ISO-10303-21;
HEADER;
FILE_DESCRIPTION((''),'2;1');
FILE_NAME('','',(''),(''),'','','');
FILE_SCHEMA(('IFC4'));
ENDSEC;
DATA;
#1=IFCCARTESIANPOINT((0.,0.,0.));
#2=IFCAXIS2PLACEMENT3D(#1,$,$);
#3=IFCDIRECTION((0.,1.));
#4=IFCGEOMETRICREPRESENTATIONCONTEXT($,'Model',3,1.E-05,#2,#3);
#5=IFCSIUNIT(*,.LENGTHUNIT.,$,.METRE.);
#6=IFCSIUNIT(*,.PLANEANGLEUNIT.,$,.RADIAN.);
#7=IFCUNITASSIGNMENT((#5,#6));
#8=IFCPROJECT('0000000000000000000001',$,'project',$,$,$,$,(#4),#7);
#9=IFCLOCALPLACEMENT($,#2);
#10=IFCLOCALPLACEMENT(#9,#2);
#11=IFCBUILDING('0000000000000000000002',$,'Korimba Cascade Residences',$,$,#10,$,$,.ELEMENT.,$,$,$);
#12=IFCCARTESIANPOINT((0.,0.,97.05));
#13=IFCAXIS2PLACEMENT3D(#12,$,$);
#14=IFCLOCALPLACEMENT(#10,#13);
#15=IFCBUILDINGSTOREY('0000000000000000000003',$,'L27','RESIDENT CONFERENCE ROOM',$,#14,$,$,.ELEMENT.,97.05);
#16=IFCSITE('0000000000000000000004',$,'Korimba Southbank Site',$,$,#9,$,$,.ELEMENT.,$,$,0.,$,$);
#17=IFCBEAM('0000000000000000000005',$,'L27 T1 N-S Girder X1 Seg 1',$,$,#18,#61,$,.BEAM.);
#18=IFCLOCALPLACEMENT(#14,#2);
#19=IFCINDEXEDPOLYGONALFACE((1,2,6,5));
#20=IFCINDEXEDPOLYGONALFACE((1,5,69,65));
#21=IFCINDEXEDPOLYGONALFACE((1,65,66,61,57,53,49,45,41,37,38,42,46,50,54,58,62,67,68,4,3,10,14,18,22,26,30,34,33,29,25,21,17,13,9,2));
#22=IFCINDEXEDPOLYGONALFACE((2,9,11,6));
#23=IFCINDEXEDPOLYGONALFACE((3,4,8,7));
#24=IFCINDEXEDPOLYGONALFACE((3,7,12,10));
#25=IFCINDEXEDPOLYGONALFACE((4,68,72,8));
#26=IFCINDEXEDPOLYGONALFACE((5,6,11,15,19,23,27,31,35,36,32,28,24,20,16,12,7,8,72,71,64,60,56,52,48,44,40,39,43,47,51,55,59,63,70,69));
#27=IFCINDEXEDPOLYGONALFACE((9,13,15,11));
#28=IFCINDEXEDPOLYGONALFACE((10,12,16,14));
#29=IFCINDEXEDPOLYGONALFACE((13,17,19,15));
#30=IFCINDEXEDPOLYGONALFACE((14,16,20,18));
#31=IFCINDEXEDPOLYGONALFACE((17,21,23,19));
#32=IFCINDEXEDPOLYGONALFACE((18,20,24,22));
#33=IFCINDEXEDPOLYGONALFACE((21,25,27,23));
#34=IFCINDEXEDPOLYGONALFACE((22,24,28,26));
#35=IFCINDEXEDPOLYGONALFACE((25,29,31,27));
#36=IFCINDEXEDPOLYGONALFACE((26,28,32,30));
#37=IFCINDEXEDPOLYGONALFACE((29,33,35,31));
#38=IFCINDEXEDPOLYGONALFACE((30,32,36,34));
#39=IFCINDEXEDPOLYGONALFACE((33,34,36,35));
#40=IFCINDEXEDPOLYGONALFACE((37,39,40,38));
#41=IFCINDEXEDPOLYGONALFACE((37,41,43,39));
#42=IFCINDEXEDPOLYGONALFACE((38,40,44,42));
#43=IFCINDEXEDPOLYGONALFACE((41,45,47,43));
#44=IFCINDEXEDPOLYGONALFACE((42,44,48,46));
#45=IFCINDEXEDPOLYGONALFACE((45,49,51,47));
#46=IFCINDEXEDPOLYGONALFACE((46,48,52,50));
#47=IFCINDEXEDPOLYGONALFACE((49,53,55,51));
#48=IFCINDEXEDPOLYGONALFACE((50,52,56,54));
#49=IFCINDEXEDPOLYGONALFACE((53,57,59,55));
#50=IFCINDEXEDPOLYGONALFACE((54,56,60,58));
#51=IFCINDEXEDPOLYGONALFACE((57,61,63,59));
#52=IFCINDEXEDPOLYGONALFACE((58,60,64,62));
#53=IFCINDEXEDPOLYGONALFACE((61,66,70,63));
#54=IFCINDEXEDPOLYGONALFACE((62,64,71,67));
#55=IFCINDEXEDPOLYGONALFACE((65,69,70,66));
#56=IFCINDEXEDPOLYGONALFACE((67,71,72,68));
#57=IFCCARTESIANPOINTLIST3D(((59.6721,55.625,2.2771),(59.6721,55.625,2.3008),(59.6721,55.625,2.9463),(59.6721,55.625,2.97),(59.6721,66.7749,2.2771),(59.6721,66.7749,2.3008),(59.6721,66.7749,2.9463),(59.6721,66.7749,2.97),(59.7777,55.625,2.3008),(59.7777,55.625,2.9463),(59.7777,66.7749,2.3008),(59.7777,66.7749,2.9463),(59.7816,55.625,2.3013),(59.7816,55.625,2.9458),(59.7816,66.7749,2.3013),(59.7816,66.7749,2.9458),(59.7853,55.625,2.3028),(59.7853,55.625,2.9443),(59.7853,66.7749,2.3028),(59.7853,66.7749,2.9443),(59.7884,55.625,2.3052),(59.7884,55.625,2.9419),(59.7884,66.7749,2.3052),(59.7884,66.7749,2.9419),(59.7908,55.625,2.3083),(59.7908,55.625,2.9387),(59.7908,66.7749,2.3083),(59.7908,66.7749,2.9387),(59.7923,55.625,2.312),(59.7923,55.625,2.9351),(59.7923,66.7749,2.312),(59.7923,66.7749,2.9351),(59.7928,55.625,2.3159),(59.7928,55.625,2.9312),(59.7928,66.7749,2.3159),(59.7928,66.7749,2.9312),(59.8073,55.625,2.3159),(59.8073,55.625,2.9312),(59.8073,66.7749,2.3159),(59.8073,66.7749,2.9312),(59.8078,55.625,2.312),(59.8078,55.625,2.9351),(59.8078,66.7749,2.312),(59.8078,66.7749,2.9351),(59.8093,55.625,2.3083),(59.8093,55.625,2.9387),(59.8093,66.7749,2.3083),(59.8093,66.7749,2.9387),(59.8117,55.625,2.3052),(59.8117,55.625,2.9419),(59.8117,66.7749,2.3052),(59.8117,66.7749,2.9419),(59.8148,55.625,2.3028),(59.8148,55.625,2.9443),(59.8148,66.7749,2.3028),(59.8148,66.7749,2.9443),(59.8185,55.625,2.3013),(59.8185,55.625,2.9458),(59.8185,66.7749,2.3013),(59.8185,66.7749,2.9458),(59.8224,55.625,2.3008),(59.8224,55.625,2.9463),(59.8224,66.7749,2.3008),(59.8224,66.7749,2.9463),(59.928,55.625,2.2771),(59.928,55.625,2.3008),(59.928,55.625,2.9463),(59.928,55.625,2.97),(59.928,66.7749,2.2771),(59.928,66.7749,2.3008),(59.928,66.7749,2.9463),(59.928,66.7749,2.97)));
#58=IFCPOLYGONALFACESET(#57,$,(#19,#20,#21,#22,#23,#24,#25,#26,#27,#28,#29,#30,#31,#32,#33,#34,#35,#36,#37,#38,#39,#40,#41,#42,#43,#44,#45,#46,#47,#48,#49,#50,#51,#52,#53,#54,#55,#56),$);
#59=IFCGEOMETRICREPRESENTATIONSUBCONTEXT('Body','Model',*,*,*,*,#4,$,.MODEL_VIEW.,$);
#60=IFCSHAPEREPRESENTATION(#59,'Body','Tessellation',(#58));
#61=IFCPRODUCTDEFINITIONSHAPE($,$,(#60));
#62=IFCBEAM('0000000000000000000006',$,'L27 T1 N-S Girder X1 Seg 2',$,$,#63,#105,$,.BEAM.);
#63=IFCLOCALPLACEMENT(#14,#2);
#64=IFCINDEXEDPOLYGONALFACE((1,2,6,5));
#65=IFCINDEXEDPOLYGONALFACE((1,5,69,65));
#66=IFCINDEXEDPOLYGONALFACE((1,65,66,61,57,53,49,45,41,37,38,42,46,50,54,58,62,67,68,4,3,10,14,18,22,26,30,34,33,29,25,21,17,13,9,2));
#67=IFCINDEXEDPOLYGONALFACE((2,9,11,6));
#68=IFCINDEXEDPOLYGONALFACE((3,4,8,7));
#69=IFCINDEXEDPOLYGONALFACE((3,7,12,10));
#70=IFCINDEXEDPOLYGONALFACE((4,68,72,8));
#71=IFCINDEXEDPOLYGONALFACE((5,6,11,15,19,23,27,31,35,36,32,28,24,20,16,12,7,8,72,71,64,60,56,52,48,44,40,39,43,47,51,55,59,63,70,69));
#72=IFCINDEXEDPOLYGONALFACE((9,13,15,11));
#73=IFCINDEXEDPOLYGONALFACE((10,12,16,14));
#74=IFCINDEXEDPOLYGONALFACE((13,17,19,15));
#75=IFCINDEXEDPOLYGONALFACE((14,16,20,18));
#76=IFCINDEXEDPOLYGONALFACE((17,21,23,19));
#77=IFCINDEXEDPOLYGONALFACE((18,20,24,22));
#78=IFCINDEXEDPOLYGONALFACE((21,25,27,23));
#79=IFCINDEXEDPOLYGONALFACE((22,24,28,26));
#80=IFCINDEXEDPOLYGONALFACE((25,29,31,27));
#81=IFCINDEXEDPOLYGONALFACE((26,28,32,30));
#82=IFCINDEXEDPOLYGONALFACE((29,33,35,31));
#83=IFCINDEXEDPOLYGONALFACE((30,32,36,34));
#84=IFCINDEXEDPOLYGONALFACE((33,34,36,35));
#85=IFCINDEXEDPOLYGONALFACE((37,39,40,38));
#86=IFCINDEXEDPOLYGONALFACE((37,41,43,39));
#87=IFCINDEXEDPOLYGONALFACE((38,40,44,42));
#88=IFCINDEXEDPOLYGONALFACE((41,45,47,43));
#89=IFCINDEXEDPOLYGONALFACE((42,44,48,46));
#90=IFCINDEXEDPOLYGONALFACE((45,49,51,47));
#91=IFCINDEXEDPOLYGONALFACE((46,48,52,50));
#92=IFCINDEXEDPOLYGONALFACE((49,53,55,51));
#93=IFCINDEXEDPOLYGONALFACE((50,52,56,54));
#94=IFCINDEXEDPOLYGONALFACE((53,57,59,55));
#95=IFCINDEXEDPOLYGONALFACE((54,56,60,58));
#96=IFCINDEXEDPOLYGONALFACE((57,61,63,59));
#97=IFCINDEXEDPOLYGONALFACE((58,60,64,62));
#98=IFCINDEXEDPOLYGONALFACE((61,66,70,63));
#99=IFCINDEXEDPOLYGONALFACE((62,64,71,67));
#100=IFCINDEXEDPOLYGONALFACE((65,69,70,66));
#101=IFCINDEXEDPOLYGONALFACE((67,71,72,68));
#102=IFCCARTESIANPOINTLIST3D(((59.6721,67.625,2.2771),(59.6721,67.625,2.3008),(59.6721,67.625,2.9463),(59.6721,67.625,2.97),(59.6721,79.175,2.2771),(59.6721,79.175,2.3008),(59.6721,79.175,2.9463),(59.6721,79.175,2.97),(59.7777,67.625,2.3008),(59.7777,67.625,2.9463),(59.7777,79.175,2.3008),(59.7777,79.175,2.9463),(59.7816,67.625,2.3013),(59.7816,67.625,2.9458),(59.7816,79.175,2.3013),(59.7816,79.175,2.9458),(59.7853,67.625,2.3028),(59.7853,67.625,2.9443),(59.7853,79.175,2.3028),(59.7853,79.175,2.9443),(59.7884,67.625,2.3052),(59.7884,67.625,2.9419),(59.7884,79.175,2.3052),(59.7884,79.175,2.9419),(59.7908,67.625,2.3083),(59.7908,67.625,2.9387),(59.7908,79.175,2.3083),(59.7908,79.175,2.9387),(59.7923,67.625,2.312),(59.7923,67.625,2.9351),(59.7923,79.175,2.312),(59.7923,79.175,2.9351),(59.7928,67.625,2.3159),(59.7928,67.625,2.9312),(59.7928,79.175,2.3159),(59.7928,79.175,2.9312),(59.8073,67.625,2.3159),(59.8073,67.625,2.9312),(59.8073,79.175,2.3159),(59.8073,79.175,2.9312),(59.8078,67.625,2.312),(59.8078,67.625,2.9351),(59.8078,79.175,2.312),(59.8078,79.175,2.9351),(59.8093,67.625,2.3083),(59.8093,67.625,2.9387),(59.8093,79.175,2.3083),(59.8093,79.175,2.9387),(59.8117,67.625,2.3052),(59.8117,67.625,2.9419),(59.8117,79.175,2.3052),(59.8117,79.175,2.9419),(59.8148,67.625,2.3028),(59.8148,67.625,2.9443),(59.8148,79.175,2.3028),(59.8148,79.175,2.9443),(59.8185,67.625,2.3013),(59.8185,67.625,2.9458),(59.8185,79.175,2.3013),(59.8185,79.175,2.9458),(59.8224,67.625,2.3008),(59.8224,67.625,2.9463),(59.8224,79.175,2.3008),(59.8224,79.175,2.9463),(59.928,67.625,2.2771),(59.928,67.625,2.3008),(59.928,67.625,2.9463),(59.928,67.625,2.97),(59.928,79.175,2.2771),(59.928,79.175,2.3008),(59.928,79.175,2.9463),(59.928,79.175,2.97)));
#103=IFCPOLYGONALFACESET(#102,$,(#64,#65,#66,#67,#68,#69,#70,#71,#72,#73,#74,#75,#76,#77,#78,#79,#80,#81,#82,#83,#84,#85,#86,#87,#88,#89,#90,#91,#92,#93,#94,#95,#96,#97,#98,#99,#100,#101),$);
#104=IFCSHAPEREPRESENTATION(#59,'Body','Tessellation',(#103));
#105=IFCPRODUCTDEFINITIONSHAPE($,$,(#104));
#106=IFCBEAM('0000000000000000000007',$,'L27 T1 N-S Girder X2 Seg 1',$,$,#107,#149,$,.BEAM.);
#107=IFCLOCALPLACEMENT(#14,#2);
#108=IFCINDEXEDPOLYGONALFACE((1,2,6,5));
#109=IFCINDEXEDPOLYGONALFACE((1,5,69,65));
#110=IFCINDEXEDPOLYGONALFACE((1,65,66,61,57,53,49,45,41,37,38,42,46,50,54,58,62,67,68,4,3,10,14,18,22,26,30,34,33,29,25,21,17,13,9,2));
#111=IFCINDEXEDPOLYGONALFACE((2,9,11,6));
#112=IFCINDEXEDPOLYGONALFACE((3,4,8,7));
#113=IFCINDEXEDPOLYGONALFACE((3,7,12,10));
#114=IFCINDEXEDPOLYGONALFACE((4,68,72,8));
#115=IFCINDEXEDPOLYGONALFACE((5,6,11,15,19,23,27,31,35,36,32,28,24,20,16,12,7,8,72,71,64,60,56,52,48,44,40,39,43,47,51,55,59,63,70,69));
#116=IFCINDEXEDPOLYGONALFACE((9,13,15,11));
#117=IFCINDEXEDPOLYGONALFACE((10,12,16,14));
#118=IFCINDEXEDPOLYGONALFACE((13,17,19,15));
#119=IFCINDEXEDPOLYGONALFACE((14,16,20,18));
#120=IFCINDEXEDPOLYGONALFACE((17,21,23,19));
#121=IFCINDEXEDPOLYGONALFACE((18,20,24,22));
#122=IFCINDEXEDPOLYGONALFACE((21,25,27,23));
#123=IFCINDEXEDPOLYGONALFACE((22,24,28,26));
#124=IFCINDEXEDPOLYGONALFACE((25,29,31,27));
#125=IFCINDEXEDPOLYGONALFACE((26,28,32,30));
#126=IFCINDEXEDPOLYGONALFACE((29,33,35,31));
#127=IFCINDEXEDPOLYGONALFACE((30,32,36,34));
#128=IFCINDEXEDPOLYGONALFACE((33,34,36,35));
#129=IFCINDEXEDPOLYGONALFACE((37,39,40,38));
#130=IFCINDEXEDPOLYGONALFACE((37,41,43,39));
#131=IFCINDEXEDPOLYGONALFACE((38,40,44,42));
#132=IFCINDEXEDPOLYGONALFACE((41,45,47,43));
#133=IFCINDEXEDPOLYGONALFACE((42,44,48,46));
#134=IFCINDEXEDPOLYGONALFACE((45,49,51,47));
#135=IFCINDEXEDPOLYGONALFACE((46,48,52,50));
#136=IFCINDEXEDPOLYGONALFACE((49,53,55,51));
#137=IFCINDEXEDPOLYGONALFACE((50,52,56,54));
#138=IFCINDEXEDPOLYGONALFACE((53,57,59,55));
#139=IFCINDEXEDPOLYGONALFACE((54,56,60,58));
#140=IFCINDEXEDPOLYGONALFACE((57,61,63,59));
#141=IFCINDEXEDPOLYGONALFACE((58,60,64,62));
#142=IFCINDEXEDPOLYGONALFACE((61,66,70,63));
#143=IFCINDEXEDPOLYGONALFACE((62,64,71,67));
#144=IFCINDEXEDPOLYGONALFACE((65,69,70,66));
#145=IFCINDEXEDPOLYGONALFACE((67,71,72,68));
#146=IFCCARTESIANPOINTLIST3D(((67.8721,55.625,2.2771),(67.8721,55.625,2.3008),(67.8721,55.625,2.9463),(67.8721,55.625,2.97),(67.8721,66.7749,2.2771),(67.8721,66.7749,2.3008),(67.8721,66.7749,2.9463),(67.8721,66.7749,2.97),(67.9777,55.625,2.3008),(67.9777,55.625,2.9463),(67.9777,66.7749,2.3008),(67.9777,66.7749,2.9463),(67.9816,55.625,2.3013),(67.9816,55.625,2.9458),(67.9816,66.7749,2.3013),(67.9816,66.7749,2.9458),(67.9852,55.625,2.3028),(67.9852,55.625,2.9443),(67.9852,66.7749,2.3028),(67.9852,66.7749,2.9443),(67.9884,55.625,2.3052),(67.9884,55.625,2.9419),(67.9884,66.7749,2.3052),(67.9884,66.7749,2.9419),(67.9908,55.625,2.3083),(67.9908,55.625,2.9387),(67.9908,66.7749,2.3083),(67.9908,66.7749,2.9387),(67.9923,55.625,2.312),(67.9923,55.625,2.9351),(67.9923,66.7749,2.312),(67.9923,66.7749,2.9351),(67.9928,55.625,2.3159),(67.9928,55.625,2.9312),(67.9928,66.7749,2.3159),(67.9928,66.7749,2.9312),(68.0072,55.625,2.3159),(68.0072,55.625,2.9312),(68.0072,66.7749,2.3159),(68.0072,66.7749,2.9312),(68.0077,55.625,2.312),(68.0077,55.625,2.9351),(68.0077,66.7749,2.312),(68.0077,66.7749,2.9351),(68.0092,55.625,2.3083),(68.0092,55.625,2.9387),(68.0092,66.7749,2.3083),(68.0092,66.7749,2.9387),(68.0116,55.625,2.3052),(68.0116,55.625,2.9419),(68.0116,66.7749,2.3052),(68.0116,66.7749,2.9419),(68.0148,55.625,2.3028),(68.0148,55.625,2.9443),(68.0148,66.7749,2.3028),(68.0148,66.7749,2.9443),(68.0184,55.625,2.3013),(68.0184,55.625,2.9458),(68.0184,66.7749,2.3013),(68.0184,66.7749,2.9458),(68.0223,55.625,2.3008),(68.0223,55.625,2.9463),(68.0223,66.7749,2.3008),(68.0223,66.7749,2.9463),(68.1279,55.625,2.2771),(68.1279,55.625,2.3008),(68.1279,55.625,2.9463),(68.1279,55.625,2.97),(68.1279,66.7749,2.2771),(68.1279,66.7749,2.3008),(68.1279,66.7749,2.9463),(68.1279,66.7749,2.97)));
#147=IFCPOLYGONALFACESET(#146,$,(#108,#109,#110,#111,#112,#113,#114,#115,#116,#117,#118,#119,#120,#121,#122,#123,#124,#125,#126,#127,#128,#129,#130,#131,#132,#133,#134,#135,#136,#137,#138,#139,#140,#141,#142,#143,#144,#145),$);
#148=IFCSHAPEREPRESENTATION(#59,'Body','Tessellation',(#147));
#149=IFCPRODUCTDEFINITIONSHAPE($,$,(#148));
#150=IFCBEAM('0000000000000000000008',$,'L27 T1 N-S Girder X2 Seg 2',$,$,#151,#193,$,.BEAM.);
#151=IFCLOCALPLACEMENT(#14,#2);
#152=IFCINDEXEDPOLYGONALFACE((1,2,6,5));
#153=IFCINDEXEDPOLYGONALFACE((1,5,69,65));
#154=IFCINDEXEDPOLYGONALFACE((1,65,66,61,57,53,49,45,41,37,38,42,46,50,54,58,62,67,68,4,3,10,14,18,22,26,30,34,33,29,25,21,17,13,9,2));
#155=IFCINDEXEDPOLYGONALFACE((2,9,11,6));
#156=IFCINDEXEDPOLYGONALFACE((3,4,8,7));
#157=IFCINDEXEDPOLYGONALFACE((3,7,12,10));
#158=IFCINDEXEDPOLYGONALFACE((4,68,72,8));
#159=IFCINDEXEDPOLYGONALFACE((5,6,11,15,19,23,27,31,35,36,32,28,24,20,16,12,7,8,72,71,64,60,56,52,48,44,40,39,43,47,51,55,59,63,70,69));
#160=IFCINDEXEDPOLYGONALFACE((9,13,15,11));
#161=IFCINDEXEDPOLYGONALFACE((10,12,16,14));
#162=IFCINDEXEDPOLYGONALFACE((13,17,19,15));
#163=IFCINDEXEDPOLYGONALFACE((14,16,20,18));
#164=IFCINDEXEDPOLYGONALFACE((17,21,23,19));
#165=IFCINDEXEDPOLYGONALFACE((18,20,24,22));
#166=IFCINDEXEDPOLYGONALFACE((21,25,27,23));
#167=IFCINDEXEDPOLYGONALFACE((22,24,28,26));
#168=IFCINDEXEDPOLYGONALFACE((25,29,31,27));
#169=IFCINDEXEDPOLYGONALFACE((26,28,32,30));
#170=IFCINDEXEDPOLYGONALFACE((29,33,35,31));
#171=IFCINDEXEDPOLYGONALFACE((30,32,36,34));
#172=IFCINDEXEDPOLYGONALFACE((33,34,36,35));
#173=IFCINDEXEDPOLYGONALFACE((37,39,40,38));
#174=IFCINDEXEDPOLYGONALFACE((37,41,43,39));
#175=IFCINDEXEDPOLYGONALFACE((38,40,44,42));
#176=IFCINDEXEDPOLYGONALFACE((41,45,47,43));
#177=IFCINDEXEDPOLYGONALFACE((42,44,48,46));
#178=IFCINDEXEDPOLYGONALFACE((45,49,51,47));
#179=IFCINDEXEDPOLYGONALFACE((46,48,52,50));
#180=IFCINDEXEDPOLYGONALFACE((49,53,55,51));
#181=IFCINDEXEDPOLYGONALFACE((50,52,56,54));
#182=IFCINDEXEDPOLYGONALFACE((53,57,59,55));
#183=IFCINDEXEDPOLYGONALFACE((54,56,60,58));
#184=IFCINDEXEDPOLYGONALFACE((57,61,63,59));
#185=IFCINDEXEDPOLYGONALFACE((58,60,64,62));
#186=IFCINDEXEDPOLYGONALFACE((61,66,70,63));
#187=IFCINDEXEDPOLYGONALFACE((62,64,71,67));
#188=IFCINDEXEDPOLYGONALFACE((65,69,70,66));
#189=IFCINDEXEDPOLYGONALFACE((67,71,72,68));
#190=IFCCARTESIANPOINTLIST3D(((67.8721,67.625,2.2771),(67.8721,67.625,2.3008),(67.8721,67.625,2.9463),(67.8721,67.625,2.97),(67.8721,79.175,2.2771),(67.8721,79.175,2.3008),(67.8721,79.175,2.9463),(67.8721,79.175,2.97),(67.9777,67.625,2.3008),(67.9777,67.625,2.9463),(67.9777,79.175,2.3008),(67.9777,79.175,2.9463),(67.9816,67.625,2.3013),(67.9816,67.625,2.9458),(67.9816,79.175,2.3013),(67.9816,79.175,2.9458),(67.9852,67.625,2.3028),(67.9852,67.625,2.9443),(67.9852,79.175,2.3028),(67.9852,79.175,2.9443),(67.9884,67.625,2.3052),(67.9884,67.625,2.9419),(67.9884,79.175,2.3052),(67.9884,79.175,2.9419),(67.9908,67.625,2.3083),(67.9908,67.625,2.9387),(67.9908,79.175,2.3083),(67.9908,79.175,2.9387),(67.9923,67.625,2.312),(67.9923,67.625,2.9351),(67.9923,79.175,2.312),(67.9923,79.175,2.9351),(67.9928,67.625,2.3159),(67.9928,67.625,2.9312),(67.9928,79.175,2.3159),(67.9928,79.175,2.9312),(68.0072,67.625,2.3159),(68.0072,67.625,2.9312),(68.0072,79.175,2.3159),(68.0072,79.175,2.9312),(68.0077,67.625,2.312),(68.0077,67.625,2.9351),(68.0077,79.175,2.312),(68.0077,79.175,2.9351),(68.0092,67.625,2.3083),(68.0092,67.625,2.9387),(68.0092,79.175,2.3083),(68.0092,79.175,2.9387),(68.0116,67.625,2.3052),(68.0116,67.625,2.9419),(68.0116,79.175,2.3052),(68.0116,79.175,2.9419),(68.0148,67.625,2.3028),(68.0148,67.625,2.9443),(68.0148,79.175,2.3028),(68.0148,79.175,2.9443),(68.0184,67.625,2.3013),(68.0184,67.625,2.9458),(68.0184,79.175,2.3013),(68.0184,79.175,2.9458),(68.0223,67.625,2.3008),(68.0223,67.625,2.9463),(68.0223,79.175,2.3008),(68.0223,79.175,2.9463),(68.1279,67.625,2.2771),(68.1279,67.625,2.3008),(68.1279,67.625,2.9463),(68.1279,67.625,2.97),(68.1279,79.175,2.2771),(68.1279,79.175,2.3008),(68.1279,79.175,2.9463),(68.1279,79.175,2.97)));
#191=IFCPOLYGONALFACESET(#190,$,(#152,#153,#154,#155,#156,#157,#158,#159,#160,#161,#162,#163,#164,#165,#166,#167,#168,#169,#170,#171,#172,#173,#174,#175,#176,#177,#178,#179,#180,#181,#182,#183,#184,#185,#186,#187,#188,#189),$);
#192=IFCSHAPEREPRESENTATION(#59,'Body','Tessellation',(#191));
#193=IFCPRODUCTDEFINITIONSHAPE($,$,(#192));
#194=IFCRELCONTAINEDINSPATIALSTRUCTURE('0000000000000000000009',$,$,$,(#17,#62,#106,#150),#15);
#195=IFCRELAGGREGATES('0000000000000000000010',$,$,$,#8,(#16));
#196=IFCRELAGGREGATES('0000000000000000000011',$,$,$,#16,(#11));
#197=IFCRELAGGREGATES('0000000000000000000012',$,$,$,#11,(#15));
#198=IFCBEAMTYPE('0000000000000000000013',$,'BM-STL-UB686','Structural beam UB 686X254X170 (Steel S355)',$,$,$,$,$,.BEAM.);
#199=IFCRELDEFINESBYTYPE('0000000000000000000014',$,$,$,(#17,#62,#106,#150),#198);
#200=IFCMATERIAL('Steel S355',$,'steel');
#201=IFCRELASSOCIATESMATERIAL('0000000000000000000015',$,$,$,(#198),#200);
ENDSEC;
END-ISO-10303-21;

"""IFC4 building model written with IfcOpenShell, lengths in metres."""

from ifc_helpers import new_model, si_unit, direction, frame, origin, origin_2d, place, context, subcontext, project, spatial, i_section, extrude, material, material_profile, profile_set, type_object, element, save


model = new_model("IFC4")

# Units and contexts
model_context = context("Model", 3, precision=1e-05, world=origin(), true_north=direction((0.0, 1.0)))
body_context = subcontext(model_context, "Body", "Model", "MODEL_VIEW")
ifc_project = project(units=[si_unit("LENGTHUNIT", "METRE"), si_unit("PLANEANGLEUNIT", "RADIAN")], contexts=[model_context])

# Site, building, storey
site_placement = place(None, origin())
site = spatial("IfcSite", under=ifc_project, at=site_placement, Name="Korimba Southbank Site", CompositionType="ELEMENT", RefElevation=0.0)
building_placement = place(site_placement, origin())
building = spatial("IfcBuilding", under=site, at=building_placement, Name="Korimba Cascade Residences", CompositionType="ELEMENT")
storey_placement = place(building_placement, frame((0.0, 0.0, 97.05)))
storey = spatial("IfcBuildingStorey", under=building, at=storey_placement, Name="L27", Description="RESIDENT CONFERENCE ROOM", CompositionType="ELEMENT", Elevation=97.05)

# Beams
ifc_material_1 = material(Name="Steel S355", Category="steel")
ifc_material_profile_1 = material_profile(ifc_material_1, i_section(OverallWidth=0.2559, OverallDepth=0.6929, WebThickness=0.0144, FlangeThickness=0.0237, FilletRadius=0.0151, at=origin_2d()), Name="Steel S355")
ifc_profile_set_1 = profile_set([ifc_material_profile_1], Name="Steel S355")
beam_type_1 = type_object("IfcBeamType", Name="BM-STL-UB686", Description="Structural beam UB 686X254X170 (Steel S355)", PredefinedType="BEAM", material=ifc_profile_set_1)
beam_1_placement = place(storey_placement, frame((59.8, 55.625, 2.6235), z_axis=(0.0, 1.0, 0.0), x_axis=(-1.0, 0.0, 0.0)))
element("IfcBeam", 1, at=beam_1_placement, inside=storey, type_object=beam_type_1, Name="L27 T1 N-S Girder X1 Seg 1", PredefinedType="BEAM", context=body_context, shape_type="SweptSolid", body=[
    extrude(i_section(OverallWidth=0.2559, OverallDepth=0.6929, WebThickness=0.0144, FlangeThickness=0.0237, FilletRadius=0.0151, at=origin_2d()), origin(), (0.0, 0.0, 1.0), 11.1499),
])
beam_2_placement = place(storey_placement, frame((59.8, 67.625, 2.6235), z_axis=(0.0, 1.0, 0.0), x_axis=(-1.0, 0.0, 0.0)))
element("IfcBeam", 2, at=beam_2_placement, inside=storey, type_object=beam_type_1, Name="L27 T1 N-S Girder X1 Seg 2", PredefinedType="BEAM", context=body_context, shape_type="SweptSolid", body=[
    extrude(i_section(OverallWidth=0.2559, OverallDepth=0.6929, WebThickness=0.0144, FlangeThickness=0.0237, FilletRadius=0.0151, at=origin_2d()), origin(), (0.0, 0.0, 1.0), 11.55),
])
beam_3_placement = place(storey_placement, frame((68.0, 55.625, 2.6235), z_axis=(0.0, 1.0, 0.0), x_axis=(-1.0, 0.0, 0.0)))
element("IfcBeam", 3, at=beam_3_placement, inside=storey, type_object=beam_type_1, Name="L27 T1 N-S Girder X2 Seg 1", PredefinedType="BEAM", context=body_context, shape_type="SweptSolid", body=[
    extrude(i_section(OverallWidth=0.2559, OverallDepth=0.6929, WebThickness=0.0144, FlangeThickness=0.0237, FilletRadius=0.0151, at=origin_2d()), origin(), (0.0, 0.0, 1.0), 11.1499),
])
beam_4_placement = place(storey_placement, frame((68.0, 67.625, 2.6235), z_axis=(0.0, 1.0, 0.0), x_axis=(-1.0, 0.0, 0.0)))
element("IfcBeam", 4, at=beam_4_placement, inside=storey, type_object=beam_type_1, Name="L27 T1 N-S Girder X2 Seg 2", PredefinedType="BEAM", context=body_context, shape_type="SweptSolid", body=[
    extrude(i_section(OverallWidth=0.2559, OverallDepth=0.6929, WebThickness=0.0144, FlangeThickness=0.0237, FilletRadius=0.0151, at=origin_2d()), origin(), (0.0, 0.0, 1.0), 11.55),
])

save(model, "model.ifc")
